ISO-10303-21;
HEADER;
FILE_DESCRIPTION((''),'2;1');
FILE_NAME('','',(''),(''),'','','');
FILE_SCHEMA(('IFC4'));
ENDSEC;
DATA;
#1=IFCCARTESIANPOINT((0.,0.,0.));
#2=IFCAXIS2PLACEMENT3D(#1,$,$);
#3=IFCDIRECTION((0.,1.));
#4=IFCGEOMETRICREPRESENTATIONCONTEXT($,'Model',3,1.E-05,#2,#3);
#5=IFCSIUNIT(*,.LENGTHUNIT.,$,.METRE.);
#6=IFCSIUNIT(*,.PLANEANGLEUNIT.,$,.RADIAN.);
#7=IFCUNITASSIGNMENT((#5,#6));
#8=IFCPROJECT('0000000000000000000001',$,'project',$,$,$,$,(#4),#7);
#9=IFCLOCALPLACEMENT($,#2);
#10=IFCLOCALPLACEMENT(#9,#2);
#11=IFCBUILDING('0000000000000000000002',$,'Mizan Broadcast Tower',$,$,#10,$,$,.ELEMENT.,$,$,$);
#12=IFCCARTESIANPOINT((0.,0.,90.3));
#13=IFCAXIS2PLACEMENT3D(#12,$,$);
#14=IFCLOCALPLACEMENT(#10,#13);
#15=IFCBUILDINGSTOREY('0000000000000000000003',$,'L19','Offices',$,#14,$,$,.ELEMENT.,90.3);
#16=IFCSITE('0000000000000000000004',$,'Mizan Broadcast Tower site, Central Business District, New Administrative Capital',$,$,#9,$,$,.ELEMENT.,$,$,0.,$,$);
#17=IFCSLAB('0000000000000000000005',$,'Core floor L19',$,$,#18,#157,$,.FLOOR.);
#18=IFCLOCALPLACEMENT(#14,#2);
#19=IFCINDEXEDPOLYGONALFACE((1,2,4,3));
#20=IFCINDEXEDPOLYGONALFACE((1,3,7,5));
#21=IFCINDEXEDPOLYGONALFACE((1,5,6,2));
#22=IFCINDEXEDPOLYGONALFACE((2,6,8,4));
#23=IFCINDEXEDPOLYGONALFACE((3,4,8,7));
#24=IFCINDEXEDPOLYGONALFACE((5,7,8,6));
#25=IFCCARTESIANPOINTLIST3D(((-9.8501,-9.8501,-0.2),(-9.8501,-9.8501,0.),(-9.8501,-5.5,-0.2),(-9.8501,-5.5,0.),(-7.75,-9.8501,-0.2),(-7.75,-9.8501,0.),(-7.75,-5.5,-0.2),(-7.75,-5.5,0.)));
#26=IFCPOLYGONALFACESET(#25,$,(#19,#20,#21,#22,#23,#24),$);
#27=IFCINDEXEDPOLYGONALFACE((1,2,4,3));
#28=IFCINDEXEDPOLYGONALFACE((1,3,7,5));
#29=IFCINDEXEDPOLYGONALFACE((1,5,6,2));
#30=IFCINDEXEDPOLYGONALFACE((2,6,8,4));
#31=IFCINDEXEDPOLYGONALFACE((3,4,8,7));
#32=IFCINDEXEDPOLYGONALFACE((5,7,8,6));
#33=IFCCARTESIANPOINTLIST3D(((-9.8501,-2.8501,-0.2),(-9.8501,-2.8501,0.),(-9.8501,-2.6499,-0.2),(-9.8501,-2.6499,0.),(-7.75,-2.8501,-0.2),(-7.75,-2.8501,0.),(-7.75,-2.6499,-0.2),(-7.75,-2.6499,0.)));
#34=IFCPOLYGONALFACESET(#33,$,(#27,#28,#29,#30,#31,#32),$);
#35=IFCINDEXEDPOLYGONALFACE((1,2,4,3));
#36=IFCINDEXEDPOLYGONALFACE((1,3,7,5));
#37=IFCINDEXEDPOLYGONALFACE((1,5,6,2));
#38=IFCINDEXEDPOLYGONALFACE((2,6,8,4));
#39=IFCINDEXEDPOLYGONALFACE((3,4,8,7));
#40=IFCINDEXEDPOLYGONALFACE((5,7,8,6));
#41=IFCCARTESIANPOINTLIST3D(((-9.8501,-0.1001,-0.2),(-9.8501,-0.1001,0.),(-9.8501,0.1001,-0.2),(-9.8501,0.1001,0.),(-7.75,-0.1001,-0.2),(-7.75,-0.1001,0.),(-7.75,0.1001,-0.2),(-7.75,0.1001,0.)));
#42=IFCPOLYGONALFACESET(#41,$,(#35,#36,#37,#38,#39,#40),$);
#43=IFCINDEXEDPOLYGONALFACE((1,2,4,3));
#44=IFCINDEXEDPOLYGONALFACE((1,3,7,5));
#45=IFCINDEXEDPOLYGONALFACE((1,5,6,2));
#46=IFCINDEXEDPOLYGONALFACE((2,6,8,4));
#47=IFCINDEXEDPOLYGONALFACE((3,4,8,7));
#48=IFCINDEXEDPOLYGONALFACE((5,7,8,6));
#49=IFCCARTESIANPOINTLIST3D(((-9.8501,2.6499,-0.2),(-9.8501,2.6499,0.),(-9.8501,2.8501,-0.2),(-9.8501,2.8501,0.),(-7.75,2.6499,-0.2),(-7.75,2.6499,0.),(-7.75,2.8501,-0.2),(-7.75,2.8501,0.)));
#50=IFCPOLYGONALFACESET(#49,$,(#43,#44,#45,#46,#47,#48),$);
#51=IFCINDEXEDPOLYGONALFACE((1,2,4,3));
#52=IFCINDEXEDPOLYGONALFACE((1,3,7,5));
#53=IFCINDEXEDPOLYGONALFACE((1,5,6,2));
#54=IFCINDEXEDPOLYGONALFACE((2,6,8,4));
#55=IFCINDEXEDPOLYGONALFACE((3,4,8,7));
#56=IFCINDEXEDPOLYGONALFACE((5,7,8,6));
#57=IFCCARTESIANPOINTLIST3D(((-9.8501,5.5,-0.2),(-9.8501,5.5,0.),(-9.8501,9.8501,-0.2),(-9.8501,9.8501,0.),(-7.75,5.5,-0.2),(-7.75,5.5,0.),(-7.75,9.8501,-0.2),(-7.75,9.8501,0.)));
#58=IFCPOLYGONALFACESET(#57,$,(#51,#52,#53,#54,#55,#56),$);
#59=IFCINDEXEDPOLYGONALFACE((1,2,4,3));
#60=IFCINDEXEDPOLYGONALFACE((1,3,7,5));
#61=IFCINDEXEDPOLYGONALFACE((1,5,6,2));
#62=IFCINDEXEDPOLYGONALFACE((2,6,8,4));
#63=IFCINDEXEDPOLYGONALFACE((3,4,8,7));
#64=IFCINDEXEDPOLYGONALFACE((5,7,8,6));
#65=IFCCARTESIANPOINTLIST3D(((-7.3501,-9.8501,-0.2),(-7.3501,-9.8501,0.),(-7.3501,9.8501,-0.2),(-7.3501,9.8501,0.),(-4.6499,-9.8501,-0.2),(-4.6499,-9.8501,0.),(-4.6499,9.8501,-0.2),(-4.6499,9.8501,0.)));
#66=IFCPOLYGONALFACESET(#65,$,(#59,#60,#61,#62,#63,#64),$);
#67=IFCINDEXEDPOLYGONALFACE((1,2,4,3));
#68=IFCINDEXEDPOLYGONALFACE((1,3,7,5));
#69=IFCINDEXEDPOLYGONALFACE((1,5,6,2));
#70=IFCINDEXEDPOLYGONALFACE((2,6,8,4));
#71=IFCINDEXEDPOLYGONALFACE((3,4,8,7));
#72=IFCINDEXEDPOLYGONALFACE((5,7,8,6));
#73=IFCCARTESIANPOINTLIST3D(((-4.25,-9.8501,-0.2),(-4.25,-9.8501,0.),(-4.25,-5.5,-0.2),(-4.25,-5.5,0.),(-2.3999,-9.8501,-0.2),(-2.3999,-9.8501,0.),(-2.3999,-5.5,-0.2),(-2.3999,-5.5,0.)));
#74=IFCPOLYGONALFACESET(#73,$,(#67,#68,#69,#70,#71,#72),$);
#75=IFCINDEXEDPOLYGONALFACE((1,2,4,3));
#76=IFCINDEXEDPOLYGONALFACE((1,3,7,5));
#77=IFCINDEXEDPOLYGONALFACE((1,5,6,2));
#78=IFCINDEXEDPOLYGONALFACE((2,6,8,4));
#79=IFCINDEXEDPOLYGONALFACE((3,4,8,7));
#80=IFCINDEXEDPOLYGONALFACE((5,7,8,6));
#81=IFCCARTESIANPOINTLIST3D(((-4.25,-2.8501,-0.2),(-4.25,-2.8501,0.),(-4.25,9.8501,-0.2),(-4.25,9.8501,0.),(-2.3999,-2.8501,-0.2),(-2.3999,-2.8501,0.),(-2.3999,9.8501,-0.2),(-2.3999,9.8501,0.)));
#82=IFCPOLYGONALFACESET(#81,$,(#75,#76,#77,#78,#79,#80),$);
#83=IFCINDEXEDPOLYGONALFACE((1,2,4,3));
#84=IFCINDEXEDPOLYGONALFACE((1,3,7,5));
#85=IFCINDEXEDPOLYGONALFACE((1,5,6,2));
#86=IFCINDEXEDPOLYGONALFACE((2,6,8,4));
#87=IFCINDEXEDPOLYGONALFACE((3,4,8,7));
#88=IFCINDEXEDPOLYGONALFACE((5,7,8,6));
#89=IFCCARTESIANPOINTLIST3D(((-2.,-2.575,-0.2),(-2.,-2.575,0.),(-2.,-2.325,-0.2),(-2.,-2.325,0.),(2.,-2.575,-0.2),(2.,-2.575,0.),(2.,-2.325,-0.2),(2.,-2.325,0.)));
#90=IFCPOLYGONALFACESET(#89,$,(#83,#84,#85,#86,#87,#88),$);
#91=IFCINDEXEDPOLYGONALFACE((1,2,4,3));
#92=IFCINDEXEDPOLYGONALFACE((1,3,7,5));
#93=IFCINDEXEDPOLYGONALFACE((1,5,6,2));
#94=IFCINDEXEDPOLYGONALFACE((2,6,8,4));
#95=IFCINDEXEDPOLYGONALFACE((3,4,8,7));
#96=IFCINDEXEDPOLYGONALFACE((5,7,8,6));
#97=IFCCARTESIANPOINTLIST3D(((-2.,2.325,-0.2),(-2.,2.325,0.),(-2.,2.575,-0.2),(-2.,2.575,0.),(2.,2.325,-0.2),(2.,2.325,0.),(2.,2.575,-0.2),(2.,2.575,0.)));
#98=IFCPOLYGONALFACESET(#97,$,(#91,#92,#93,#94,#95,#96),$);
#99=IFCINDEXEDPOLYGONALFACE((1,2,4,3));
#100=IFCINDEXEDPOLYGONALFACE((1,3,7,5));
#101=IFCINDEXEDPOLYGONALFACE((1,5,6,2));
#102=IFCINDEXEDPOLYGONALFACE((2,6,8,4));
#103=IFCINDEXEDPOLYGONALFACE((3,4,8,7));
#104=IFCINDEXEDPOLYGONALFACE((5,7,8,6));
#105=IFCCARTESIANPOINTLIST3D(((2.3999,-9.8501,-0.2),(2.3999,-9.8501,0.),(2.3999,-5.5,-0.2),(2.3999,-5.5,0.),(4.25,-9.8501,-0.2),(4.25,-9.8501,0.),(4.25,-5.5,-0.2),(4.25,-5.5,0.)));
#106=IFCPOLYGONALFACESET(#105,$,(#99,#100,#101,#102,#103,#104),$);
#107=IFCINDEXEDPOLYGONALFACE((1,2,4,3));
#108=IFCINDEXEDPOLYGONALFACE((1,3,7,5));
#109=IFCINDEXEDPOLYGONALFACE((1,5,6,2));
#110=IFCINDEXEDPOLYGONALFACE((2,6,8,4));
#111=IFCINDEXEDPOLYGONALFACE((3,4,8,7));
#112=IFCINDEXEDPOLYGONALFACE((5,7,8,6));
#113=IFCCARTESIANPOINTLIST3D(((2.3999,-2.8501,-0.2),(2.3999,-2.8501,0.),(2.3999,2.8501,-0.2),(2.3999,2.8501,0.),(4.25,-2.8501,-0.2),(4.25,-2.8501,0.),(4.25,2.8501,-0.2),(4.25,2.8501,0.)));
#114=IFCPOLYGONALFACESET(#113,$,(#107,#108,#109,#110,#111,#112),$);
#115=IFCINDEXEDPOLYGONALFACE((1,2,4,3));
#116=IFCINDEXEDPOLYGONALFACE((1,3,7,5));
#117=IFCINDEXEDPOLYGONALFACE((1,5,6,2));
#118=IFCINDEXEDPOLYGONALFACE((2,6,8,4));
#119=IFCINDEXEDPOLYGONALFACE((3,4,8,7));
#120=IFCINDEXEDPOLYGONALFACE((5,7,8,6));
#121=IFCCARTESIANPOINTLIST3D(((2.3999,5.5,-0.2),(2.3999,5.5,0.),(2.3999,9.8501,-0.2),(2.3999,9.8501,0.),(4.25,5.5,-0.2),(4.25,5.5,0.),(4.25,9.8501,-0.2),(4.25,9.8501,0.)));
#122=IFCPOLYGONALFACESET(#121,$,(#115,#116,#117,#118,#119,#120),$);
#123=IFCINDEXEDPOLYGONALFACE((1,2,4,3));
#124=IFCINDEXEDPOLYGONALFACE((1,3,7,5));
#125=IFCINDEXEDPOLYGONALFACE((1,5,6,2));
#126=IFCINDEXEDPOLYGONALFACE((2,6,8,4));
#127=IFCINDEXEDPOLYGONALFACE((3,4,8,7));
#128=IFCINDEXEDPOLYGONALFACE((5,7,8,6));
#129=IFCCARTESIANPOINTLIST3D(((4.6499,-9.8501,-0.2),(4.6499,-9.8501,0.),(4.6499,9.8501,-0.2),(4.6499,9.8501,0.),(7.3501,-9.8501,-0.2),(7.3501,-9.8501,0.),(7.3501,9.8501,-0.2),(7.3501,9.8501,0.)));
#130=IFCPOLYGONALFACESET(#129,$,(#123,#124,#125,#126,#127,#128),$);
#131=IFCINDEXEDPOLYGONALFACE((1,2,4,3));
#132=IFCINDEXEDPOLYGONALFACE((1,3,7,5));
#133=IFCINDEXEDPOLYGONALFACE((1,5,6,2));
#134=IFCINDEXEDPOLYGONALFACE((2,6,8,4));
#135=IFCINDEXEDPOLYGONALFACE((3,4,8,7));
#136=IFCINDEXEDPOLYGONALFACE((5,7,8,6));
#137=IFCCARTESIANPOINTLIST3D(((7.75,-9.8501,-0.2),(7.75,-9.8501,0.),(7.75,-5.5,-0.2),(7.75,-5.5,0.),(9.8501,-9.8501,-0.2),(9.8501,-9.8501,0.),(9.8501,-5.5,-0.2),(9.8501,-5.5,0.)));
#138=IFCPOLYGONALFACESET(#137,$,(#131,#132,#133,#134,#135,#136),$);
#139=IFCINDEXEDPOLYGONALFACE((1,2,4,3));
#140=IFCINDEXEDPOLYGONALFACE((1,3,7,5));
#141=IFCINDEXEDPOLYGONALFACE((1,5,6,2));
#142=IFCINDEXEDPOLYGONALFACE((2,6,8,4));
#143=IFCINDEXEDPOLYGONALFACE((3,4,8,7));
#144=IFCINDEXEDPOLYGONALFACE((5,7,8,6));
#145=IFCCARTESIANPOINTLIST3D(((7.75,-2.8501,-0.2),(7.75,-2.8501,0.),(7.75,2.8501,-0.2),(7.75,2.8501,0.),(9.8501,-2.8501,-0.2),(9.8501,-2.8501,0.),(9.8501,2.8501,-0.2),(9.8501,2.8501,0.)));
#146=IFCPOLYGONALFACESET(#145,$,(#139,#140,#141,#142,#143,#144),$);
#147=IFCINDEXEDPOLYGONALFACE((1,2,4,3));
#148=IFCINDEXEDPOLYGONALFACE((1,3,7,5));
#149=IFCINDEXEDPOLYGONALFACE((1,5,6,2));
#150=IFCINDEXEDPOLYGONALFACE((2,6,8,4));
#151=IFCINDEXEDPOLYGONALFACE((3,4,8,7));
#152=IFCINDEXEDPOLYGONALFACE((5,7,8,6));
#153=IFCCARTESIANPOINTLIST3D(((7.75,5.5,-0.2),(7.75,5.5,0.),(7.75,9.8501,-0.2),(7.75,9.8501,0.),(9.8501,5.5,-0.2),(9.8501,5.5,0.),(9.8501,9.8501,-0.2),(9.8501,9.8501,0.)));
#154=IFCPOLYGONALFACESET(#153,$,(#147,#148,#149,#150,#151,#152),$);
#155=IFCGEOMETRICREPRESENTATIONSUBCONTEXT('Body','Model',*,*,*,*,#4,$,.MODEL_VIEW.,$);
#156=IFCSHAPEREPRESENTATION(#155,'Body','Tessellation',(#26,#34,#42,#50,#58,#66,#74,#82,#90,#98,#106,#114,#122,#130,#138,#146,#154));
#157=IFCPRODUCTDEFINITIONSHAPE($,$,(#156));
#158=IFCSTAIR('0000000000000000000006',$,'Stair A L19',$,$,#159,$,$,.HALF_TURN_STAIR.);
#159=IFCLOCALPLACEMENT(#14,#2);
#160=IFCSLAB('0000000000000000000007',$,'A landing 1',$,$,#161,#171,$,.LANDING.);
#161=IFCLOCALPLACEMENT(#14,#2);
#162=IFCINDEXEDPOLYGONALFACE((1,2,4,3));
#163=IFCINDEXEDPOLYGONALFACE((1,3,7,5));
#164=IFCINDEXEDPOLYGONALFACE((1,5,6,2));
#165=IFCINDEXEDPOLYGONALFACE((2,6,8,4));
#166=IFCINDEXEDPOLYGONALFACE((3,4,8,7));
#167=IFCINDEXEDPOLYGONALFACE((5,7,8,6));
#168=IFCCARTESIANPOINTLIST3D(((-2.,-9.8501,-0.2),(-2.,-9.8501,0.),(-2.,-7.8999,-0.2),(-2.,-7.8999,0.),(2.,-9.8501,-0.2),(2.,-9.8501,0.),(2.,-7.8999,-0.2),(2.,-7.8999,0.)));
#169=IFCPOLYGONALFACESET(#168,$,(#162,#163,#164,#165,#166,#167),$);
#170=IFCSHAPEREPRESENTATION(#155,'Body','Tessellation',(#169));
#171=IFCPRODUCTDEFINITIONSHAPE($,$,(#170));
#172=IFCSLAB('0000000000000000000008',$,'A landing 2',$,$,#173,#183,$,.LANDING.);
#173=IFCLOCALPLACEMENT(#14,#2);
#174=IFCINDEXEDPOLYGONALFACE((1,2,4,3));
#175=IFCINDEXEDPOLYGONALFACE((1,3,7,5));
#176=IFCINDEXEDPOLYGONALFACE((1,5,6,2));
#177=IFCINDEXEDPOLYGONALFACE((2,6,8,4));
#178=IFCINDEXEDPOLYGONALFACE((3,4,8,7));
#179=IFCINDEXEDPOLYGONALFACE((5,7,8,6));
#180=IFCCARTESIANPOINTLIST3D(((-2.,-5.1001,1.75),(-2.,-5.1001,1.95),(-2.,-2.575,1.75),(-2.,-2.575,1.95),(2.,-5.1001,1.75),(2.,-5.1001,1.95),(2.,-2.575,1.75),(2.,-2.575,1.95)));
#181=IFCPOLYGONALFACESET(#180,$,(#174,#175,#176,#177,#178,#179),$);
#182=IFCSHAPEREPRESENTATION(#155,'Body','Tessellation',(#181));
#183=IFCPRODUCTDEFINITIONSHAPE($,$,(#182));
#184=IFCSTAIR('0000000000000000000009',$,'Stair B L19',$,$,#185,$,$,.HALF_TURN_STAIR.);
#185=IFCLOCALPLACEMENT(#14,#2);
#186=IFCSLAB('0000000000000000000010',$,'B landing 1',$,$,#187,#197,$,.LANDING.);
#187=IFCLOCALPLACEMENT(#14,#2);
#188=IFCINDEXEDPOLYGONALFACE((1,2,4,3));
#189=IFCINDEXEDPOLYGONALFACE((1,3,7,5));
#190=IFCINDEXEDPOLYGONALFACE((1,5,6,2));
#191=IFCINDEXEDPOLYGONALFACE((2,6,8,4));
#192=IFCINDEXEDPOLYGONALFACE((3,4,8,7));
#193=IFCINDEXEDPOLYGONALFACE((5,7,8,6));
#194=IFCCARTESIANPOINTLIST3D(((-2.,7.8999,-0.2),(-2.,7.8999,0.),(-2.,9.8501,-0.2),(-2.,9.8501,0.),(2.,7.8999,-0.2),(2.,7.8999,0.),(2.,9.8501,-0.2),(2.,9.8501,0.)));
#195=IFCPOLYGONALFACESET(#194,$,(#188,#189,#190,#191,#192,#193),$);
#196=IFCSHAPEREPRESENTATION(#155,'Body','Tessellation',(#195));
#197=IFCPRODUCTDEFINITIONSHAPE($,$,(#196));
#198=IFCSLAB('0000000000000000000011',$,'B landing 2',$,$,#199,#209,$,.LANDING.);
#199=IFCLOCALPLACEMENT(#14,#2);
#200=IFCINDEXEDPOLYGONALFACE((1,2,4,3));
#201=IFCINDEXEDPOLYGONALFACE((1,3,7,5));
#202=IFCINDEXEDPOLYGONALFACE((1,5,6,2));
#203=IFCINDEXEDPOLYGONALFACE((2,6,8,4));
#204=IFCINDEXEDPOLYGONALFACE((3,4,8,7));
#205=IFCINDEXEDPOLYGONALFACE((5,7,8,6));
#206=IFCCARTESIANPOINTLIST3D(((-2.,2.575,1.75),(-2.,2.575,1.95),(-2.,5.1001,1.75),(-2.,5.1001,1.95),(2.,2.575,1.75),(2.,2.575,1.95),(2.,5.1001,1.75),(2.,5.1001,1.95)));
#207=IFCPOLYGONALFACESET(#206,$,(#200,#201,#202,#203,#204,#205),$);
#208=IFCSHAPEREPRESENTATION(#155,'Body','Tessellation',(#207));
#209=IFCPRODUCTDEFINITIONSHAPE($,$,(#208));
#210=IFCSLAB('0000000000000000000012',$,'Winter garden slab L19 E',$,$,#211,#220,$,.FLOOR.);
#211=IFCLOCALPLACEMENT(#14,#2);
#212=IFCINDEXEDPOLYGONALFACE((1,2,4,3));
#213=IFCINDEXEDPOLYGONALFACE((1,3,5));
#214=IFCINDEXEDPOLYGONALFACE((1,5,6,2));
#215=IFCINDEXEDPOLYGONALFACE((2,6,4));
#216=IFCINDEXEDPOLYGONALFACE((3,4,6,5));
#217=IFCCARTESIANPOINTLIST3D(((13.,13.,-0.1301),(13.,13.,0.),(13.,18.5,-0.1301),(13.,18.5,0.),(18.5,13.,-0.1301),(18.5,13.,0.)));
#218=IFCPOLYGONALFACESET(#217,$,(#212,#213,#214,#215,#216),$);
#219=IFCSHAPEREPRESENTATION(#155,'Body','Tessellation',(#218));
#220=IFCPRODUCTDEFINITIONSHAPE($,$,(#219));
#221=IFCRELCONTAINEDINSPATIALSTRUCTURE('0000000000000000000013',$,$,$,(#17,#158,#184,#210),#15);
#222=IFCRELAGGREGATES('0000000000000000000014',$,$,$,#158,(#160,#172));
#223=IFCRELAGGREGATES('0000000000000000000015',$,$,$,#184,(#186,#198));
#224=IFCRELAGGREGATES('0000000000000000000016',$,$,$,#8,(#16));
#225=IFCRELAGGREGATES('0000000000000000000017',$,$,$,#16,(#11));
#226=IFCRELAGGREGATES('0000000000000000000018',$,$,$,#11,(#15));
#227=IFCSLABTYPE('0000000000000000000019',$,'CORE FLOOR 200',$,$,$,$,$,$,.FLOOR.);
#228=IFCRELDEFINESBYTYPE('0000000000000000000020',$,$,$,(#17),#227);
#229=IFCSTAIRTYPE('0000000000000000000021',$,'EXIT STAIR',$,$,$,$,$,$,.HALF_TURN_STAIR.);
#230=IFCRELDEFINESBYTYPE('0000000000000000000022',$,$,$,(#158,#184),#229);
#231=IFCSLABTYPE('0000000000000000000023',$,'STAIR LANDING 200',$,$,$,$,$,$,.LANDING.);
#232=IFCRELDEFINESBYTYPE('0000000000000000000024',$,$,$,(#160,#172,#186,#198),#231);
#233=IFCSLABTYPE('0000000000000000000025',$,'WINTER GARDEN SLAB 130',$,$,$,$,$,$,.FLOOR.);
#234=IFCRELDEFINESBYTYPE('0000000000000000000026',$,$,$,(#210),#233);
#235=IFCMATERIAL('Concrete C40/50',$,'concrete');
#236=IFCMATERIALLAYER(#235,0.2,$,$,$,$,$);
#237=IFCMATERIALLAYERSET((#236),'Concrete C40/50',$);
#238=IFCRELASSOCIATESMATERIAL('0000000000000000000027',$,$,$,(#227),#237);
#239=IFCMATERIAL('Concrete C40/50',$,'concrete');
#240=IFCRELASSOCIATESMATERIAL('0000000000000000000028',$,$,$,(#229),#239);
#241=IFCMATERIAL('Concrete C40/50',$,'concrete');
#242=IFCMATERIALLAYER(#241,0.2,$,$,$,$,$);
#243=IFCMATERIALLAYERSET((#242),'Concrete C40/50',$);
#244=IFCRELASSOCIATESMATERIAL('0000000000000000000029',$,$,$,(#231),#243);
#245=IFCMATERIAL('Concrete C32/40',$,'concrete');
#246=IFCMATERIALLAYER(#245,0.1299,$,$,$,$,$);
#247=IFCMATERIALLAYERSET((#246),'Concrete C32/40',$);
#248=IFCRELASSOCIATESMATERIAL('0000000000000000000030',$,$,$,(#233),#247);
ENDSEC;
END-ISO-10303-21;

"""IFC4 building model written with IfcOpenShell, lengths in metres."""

from ifc_helpers import new_model, si_unit, direction, frame, origin, place, context, subcontext, project, spatial, polyline, outline, extrude, material, layer, layer_set, type_object, element, aggregate, save


model = new_model("IFC4")

# Units and contexts
model_context = context("Model", 3, precision=1e-05, world=origin(), true_north=direction((0.0, 1.0)))
body_context = subcontext(model_context, "Body", "Model", "MODEL_VIEW")
ifc_project = project(units=[si_unit("LENGTHUNIT", "METRE"), si_unit("PLANEANGLEUNIT", "RADIAN")], contexts=[model_context])

# Site, building, storey
site_placement = place(None, origin())
site = spatial("IfcSite", under=ifc_project, at=site_placement, Name="Mizan Broadcast Tower site, Central Business District, New Administrative Capital", CompositionType="ELEMENT", RefElevation=0.0)
building_placement = place(site_placement, origin())
building = spatial("IfcBuilding", under=site, at=building_placement, Name="Mizan Broadcast Tower", CompositionType="ELEMENT")
storey_placement = place(building_placement, frame((0.0, 0.0, 90.3)))
storey = spatial("IfcBuildingStorey", under=building, at=storey_placement, Name="L19", Description="Offices", CompositionType="ELEMENT", Elevation=90.3)

# Slab
ifc_material_1 = material(Name="Concrete C40/50", Category="concrete")
ifc_layer_1 = layer(ifc_material_1, 0.2)
ifc_layer_set_1 = layer_set([ifc_layer_1], Name="Concrete C40/50")
slab_type_1 = type_object("IfcSlabType", Name="CORE FLOOR 200", PredefinedType="FLOOR", material=ifc_layer_set_1)
slab_1_placement = place(storey_placement, frame((0.0, 0.0, -0.2)))
element("IfcSlab", 1, at=slab_1_placement, inside=storey, type_object=slab_type_1, Name="Core floor L19", PredefinedType="FLOOR", context=body_context, shape_type="SweptSolid", body=[
    extrude(outline(polyline([(-9.8501, -9.8501), (-7.75, -9.8501), (-7.75, -5.5), (-9.8501, -5.5), (-9.8501, -9.8501)])), origin(), (0.0, 0.0, 1.0), 0.2),
    extrude(outline(polyline([(-9.8501, -2.8501), (-7.75, -2.8501), (-7.75, -2.6499), (-9.8501, -2.6499), (-9.8501, -2.8501)])), origin(), (0.0, 0.0, 1.0), 0.2),
    extrude(outline(polyline([(-9.8501, -0.1001), (-7.75, -0.1001), (-7.75, 0.1001), (-9.8501, 0.1001), (-9.8501, -0.1001)])), origin(), (0.0, 0.0, 1.0), 0.2),
    extrude(outline(polyline([(-9.8501, 2.6499), (-7.75, 2.6499), (-7.75, 2.8501), (-9.8501, 2.8501), (-9.8501, 2.6499)])), origin(), (0.0, 0.0, 1.0), 0.2),
    extrude(outline(polyline([(-9.8501, 5.5), (-7.75, 5.5), (-7.75, 9.8501), (-9.8501, 9.8501), (-9.8501, 5.5)])), origin(), (0.0, 0.0, 1.0), 0.2),
    extrude(outline(polyline([(-4.6499, 9.8501), (-7.3501, 9.8501), (-7.3501, -9.8501), (-4.6499, -9.8501), (-4.6499, 9.8501)])), origin(), (0.0, 0.0, 1.0), 0.2),
    extrude(outline(polyline([(-4.25, -5.5), (-4.25, -9.8501), (-2.3999, -9.8501), (-2.3999, -5.5), (-4.25, -5.5)])), origin(), (0.0, 0.0, 1.0), 0.2),
    extrude(outline(polyline([(-4.25, -2.8501), (-2.3999, -2.8501), (-2.3999, 9.8501), (-4.25, 9.8501), (-4.25, -2.8501)])), origin(), (0.0, 0.0, 1.0), 0.2),
    extrude(outline(polyline([(2.0, -2.325), (-2.0, -2.325), (-2.0, -2.575), (2.0, -2.575), (2.0, -2.325)])), origin(), (0.0, 0.0, 1.0), 0.2),
    extrude(outline(polyline([(2.0, 2.575), (-2.0, 2.575), (-2.0, 2.325), (2.0, 2.325), (2.0, 2.575)])), origin(), (0.0, 0.0, 1.0), 0.2),
    extrude(outline(polyline([(4.25, -9.8501), (4.25, -5.5), (2.3999, -5.5), (2.3999, -9.8501), (4.25, -9.8501)])), origin(), (0.0, 0.0, 1.0), 0.2),
    extrude(outline(polyline([(4.25, -2.8501), (4.25, 2.8501), (2.3999, 2.8501), (2.3999, -2.8501), (4.25, -2.8501)])), origin(), (0.0, 0.0, 1.0), 0.2),
    extrude(outline(polyline([(4.25, 5.5), (4.25, 9.8501), (2.3999, 9.8501), (2.3999, 5.5), (4.25, 5.5)])), origin(), (0.0, 0.0, 1.0), 0.2),
    extrude(outline(polyline([(4.6499, 9.8501), (4.6499, -9.8501), (7.3501, -9.8501), (7.3501, 9.8501), (4.6499, 9.8501)])), origin(), (0.0, 0.0, 1.0), 0.2),
    extrude(outline(polyline([(9.8501, -9.8501), (9.8501, -5.5), (7.75, -5.5), (7.75, -9.8501), (9.8501, -9.8501)])), origin(), (0.0, 0.0, 1.0), 0.2),
    extrude(outline(polyline([(7.75, 2.8501), (7.75, -2.8501), (9.8501, -2.8501), (9.8501, 2.8501), (7.75, 2.8501)])), origin(), (0.0, 0.0, 1.0), 0.2),
    extrude(outline(polyline([(9.8501, 5.5), (9.8501, 9.8501), (7.75, 9.8501), (7.75, 5.5), (9.8501, 5.5)])), origin(), (0.0, 0.0, 1.0), 0.2),
])

# Stairs, slabs
ifc_material_2 = material(Name="Concrete C40/50", Category="concrete")
stair_type = type_object("IfcStairType", Name="EXIT STAIR", PredefinedType="HALF_TURN_STAIR", material=ifc_material_2)
stair_1_placement = place(storey_placement, origin())
stair_1 = element("IfcStair", 2, at=stair_1_placement, inside=storey, type_object=stair_type, Name="Stair A L19", PredefinedType="HALF_TURN_STAIR")
ifc_material_3 = material(Name="Concrete C40/50", Category="concrete")
ifc_layer_2 = layer(ifc_material_3, 0.2)
ifc_layer_set_2 = layer_set([ifc_layer_2], Name="Concrete C40/50")
slab_type_2 = type_object("IfcSlabType", Name="STAIR LANDING 200", PredefinedType="LANDING", material=ifc_layer_set_2)
slab_2_placement = place(storey_placement, frame((0.0, 0.0, -0.2)))
slab_2 = element("IfcSlab", 3, at=slab_2_placement, type_object=slab_type_2, Name="A landing 1", PredefinedType="LANDING", context=body_context, shape_type="SweptSolid", body=[
    extrude(outline(polyline([(-2.0, -9.8501), (-2.0, -7.8999), (2.0, -7.8999), (2.0, -9.8501), (-2.0, -9.8501)])), origin(), (0.0, 0.0, 1.0), 0.2),
])
slab_3_placement = place(storey_placement, frame((0.0, 0.0, 1.75)))
slab_3 = element("IfcSlab", 4, at=slab_3_placement, type_object=slab_type_2, Name="A landing 2", PredefinedType="LANDING", context=body_context, shape_type="SweptSolid", body=[
    extrude(outline(polyline([(-2.0, -5.1001), (-2.0, -2.575), (2.0, -2.575), (2.0, -5.1001), (-2.0, -5.1001)])), origin(), (0.0, 0.0, 1.0), 0.2),
])
aggregate(stair_1, [slab_2, slab_3])
stair_2_placement = place(storey_placement, origin())
stair_2 = element("IfcStair", 5, at=stair_2_placement, inside=storey, type_object=stair_type, Name="Stair B L19", PredefinedType="HALF_TURN_STAIR")
slab_4_placement = place(storey_placement, frame((0.0, 0.0, -0.2)))
slab_4 = element("IfcSlab", 6, at=slab_4_placement, type_object=slab_type_2, Name="B landing 1", PredefinedType="LANDING", context=body_context, shape_type="SweptSolid", body=[
    extrude(outline(polyline([(2.0, 9.8501), (2.0, 7.8999), (-2.0, 7.8999), (-2.0, 9.8501), (2.0, 9.8501)])), origin(), (0.0, 0.0, 1.0), 0.2),
])
slab_5_placement = place(storey_placement, frame((0.0, 0.0, 1.75)))
slab_5 = element("IfcSlab", 7, at=slab_5_placement, type_object=slab_type_2, Name="B landing 2", PredefinedType="LANDING", context=body_context, shape_type="SweptSolid", body=[
    extrude(outline(polyline([(2.0, 5.1001), (2.0, 2.575), (-2.0, 2.575), (-2.0, 5.1001), (2.0, 5.1001)])), origin(), (0.0, 0.0, 1.0), 0.2),
])
aggregate(stair_2, [slab_4, slab_5])

# Slab
ifc_material_4 = material(Name="Concrete C32/40", Category="concrete")
ifc_layer_3 = layer(ifc_material_4, 0.1299)
ifc_layer_set_3 = layer_set([ifc_layer_3], Name="Concrete C32/40")
slab_type_3 = type_object("IfcSlabType", Name="WINTER GARDEN SLAB 130", PredefinedType="FLOOR", material=ifc_layer_set_3)
slab_6_placement = place(storey_placement, frame((0.0, 0.0, -0.1301)))
element("IfcSlab", 8, at=slab_6_placement, inside=storey, type_object=slab_type_3, Name="Winter garden slab L19 E", PredefinedType="FLOOR", context=body_context, shape_type="SweptSolid", body=[
    extrude(outline(polyline([(13.0, 13.0), (18.5, 13.0), (13.0, 18.5), (13.0, 13.0)])), origin(), (0.0, 0.0, 1.0), 0.1301),
])

save(model, "model.ifc")
